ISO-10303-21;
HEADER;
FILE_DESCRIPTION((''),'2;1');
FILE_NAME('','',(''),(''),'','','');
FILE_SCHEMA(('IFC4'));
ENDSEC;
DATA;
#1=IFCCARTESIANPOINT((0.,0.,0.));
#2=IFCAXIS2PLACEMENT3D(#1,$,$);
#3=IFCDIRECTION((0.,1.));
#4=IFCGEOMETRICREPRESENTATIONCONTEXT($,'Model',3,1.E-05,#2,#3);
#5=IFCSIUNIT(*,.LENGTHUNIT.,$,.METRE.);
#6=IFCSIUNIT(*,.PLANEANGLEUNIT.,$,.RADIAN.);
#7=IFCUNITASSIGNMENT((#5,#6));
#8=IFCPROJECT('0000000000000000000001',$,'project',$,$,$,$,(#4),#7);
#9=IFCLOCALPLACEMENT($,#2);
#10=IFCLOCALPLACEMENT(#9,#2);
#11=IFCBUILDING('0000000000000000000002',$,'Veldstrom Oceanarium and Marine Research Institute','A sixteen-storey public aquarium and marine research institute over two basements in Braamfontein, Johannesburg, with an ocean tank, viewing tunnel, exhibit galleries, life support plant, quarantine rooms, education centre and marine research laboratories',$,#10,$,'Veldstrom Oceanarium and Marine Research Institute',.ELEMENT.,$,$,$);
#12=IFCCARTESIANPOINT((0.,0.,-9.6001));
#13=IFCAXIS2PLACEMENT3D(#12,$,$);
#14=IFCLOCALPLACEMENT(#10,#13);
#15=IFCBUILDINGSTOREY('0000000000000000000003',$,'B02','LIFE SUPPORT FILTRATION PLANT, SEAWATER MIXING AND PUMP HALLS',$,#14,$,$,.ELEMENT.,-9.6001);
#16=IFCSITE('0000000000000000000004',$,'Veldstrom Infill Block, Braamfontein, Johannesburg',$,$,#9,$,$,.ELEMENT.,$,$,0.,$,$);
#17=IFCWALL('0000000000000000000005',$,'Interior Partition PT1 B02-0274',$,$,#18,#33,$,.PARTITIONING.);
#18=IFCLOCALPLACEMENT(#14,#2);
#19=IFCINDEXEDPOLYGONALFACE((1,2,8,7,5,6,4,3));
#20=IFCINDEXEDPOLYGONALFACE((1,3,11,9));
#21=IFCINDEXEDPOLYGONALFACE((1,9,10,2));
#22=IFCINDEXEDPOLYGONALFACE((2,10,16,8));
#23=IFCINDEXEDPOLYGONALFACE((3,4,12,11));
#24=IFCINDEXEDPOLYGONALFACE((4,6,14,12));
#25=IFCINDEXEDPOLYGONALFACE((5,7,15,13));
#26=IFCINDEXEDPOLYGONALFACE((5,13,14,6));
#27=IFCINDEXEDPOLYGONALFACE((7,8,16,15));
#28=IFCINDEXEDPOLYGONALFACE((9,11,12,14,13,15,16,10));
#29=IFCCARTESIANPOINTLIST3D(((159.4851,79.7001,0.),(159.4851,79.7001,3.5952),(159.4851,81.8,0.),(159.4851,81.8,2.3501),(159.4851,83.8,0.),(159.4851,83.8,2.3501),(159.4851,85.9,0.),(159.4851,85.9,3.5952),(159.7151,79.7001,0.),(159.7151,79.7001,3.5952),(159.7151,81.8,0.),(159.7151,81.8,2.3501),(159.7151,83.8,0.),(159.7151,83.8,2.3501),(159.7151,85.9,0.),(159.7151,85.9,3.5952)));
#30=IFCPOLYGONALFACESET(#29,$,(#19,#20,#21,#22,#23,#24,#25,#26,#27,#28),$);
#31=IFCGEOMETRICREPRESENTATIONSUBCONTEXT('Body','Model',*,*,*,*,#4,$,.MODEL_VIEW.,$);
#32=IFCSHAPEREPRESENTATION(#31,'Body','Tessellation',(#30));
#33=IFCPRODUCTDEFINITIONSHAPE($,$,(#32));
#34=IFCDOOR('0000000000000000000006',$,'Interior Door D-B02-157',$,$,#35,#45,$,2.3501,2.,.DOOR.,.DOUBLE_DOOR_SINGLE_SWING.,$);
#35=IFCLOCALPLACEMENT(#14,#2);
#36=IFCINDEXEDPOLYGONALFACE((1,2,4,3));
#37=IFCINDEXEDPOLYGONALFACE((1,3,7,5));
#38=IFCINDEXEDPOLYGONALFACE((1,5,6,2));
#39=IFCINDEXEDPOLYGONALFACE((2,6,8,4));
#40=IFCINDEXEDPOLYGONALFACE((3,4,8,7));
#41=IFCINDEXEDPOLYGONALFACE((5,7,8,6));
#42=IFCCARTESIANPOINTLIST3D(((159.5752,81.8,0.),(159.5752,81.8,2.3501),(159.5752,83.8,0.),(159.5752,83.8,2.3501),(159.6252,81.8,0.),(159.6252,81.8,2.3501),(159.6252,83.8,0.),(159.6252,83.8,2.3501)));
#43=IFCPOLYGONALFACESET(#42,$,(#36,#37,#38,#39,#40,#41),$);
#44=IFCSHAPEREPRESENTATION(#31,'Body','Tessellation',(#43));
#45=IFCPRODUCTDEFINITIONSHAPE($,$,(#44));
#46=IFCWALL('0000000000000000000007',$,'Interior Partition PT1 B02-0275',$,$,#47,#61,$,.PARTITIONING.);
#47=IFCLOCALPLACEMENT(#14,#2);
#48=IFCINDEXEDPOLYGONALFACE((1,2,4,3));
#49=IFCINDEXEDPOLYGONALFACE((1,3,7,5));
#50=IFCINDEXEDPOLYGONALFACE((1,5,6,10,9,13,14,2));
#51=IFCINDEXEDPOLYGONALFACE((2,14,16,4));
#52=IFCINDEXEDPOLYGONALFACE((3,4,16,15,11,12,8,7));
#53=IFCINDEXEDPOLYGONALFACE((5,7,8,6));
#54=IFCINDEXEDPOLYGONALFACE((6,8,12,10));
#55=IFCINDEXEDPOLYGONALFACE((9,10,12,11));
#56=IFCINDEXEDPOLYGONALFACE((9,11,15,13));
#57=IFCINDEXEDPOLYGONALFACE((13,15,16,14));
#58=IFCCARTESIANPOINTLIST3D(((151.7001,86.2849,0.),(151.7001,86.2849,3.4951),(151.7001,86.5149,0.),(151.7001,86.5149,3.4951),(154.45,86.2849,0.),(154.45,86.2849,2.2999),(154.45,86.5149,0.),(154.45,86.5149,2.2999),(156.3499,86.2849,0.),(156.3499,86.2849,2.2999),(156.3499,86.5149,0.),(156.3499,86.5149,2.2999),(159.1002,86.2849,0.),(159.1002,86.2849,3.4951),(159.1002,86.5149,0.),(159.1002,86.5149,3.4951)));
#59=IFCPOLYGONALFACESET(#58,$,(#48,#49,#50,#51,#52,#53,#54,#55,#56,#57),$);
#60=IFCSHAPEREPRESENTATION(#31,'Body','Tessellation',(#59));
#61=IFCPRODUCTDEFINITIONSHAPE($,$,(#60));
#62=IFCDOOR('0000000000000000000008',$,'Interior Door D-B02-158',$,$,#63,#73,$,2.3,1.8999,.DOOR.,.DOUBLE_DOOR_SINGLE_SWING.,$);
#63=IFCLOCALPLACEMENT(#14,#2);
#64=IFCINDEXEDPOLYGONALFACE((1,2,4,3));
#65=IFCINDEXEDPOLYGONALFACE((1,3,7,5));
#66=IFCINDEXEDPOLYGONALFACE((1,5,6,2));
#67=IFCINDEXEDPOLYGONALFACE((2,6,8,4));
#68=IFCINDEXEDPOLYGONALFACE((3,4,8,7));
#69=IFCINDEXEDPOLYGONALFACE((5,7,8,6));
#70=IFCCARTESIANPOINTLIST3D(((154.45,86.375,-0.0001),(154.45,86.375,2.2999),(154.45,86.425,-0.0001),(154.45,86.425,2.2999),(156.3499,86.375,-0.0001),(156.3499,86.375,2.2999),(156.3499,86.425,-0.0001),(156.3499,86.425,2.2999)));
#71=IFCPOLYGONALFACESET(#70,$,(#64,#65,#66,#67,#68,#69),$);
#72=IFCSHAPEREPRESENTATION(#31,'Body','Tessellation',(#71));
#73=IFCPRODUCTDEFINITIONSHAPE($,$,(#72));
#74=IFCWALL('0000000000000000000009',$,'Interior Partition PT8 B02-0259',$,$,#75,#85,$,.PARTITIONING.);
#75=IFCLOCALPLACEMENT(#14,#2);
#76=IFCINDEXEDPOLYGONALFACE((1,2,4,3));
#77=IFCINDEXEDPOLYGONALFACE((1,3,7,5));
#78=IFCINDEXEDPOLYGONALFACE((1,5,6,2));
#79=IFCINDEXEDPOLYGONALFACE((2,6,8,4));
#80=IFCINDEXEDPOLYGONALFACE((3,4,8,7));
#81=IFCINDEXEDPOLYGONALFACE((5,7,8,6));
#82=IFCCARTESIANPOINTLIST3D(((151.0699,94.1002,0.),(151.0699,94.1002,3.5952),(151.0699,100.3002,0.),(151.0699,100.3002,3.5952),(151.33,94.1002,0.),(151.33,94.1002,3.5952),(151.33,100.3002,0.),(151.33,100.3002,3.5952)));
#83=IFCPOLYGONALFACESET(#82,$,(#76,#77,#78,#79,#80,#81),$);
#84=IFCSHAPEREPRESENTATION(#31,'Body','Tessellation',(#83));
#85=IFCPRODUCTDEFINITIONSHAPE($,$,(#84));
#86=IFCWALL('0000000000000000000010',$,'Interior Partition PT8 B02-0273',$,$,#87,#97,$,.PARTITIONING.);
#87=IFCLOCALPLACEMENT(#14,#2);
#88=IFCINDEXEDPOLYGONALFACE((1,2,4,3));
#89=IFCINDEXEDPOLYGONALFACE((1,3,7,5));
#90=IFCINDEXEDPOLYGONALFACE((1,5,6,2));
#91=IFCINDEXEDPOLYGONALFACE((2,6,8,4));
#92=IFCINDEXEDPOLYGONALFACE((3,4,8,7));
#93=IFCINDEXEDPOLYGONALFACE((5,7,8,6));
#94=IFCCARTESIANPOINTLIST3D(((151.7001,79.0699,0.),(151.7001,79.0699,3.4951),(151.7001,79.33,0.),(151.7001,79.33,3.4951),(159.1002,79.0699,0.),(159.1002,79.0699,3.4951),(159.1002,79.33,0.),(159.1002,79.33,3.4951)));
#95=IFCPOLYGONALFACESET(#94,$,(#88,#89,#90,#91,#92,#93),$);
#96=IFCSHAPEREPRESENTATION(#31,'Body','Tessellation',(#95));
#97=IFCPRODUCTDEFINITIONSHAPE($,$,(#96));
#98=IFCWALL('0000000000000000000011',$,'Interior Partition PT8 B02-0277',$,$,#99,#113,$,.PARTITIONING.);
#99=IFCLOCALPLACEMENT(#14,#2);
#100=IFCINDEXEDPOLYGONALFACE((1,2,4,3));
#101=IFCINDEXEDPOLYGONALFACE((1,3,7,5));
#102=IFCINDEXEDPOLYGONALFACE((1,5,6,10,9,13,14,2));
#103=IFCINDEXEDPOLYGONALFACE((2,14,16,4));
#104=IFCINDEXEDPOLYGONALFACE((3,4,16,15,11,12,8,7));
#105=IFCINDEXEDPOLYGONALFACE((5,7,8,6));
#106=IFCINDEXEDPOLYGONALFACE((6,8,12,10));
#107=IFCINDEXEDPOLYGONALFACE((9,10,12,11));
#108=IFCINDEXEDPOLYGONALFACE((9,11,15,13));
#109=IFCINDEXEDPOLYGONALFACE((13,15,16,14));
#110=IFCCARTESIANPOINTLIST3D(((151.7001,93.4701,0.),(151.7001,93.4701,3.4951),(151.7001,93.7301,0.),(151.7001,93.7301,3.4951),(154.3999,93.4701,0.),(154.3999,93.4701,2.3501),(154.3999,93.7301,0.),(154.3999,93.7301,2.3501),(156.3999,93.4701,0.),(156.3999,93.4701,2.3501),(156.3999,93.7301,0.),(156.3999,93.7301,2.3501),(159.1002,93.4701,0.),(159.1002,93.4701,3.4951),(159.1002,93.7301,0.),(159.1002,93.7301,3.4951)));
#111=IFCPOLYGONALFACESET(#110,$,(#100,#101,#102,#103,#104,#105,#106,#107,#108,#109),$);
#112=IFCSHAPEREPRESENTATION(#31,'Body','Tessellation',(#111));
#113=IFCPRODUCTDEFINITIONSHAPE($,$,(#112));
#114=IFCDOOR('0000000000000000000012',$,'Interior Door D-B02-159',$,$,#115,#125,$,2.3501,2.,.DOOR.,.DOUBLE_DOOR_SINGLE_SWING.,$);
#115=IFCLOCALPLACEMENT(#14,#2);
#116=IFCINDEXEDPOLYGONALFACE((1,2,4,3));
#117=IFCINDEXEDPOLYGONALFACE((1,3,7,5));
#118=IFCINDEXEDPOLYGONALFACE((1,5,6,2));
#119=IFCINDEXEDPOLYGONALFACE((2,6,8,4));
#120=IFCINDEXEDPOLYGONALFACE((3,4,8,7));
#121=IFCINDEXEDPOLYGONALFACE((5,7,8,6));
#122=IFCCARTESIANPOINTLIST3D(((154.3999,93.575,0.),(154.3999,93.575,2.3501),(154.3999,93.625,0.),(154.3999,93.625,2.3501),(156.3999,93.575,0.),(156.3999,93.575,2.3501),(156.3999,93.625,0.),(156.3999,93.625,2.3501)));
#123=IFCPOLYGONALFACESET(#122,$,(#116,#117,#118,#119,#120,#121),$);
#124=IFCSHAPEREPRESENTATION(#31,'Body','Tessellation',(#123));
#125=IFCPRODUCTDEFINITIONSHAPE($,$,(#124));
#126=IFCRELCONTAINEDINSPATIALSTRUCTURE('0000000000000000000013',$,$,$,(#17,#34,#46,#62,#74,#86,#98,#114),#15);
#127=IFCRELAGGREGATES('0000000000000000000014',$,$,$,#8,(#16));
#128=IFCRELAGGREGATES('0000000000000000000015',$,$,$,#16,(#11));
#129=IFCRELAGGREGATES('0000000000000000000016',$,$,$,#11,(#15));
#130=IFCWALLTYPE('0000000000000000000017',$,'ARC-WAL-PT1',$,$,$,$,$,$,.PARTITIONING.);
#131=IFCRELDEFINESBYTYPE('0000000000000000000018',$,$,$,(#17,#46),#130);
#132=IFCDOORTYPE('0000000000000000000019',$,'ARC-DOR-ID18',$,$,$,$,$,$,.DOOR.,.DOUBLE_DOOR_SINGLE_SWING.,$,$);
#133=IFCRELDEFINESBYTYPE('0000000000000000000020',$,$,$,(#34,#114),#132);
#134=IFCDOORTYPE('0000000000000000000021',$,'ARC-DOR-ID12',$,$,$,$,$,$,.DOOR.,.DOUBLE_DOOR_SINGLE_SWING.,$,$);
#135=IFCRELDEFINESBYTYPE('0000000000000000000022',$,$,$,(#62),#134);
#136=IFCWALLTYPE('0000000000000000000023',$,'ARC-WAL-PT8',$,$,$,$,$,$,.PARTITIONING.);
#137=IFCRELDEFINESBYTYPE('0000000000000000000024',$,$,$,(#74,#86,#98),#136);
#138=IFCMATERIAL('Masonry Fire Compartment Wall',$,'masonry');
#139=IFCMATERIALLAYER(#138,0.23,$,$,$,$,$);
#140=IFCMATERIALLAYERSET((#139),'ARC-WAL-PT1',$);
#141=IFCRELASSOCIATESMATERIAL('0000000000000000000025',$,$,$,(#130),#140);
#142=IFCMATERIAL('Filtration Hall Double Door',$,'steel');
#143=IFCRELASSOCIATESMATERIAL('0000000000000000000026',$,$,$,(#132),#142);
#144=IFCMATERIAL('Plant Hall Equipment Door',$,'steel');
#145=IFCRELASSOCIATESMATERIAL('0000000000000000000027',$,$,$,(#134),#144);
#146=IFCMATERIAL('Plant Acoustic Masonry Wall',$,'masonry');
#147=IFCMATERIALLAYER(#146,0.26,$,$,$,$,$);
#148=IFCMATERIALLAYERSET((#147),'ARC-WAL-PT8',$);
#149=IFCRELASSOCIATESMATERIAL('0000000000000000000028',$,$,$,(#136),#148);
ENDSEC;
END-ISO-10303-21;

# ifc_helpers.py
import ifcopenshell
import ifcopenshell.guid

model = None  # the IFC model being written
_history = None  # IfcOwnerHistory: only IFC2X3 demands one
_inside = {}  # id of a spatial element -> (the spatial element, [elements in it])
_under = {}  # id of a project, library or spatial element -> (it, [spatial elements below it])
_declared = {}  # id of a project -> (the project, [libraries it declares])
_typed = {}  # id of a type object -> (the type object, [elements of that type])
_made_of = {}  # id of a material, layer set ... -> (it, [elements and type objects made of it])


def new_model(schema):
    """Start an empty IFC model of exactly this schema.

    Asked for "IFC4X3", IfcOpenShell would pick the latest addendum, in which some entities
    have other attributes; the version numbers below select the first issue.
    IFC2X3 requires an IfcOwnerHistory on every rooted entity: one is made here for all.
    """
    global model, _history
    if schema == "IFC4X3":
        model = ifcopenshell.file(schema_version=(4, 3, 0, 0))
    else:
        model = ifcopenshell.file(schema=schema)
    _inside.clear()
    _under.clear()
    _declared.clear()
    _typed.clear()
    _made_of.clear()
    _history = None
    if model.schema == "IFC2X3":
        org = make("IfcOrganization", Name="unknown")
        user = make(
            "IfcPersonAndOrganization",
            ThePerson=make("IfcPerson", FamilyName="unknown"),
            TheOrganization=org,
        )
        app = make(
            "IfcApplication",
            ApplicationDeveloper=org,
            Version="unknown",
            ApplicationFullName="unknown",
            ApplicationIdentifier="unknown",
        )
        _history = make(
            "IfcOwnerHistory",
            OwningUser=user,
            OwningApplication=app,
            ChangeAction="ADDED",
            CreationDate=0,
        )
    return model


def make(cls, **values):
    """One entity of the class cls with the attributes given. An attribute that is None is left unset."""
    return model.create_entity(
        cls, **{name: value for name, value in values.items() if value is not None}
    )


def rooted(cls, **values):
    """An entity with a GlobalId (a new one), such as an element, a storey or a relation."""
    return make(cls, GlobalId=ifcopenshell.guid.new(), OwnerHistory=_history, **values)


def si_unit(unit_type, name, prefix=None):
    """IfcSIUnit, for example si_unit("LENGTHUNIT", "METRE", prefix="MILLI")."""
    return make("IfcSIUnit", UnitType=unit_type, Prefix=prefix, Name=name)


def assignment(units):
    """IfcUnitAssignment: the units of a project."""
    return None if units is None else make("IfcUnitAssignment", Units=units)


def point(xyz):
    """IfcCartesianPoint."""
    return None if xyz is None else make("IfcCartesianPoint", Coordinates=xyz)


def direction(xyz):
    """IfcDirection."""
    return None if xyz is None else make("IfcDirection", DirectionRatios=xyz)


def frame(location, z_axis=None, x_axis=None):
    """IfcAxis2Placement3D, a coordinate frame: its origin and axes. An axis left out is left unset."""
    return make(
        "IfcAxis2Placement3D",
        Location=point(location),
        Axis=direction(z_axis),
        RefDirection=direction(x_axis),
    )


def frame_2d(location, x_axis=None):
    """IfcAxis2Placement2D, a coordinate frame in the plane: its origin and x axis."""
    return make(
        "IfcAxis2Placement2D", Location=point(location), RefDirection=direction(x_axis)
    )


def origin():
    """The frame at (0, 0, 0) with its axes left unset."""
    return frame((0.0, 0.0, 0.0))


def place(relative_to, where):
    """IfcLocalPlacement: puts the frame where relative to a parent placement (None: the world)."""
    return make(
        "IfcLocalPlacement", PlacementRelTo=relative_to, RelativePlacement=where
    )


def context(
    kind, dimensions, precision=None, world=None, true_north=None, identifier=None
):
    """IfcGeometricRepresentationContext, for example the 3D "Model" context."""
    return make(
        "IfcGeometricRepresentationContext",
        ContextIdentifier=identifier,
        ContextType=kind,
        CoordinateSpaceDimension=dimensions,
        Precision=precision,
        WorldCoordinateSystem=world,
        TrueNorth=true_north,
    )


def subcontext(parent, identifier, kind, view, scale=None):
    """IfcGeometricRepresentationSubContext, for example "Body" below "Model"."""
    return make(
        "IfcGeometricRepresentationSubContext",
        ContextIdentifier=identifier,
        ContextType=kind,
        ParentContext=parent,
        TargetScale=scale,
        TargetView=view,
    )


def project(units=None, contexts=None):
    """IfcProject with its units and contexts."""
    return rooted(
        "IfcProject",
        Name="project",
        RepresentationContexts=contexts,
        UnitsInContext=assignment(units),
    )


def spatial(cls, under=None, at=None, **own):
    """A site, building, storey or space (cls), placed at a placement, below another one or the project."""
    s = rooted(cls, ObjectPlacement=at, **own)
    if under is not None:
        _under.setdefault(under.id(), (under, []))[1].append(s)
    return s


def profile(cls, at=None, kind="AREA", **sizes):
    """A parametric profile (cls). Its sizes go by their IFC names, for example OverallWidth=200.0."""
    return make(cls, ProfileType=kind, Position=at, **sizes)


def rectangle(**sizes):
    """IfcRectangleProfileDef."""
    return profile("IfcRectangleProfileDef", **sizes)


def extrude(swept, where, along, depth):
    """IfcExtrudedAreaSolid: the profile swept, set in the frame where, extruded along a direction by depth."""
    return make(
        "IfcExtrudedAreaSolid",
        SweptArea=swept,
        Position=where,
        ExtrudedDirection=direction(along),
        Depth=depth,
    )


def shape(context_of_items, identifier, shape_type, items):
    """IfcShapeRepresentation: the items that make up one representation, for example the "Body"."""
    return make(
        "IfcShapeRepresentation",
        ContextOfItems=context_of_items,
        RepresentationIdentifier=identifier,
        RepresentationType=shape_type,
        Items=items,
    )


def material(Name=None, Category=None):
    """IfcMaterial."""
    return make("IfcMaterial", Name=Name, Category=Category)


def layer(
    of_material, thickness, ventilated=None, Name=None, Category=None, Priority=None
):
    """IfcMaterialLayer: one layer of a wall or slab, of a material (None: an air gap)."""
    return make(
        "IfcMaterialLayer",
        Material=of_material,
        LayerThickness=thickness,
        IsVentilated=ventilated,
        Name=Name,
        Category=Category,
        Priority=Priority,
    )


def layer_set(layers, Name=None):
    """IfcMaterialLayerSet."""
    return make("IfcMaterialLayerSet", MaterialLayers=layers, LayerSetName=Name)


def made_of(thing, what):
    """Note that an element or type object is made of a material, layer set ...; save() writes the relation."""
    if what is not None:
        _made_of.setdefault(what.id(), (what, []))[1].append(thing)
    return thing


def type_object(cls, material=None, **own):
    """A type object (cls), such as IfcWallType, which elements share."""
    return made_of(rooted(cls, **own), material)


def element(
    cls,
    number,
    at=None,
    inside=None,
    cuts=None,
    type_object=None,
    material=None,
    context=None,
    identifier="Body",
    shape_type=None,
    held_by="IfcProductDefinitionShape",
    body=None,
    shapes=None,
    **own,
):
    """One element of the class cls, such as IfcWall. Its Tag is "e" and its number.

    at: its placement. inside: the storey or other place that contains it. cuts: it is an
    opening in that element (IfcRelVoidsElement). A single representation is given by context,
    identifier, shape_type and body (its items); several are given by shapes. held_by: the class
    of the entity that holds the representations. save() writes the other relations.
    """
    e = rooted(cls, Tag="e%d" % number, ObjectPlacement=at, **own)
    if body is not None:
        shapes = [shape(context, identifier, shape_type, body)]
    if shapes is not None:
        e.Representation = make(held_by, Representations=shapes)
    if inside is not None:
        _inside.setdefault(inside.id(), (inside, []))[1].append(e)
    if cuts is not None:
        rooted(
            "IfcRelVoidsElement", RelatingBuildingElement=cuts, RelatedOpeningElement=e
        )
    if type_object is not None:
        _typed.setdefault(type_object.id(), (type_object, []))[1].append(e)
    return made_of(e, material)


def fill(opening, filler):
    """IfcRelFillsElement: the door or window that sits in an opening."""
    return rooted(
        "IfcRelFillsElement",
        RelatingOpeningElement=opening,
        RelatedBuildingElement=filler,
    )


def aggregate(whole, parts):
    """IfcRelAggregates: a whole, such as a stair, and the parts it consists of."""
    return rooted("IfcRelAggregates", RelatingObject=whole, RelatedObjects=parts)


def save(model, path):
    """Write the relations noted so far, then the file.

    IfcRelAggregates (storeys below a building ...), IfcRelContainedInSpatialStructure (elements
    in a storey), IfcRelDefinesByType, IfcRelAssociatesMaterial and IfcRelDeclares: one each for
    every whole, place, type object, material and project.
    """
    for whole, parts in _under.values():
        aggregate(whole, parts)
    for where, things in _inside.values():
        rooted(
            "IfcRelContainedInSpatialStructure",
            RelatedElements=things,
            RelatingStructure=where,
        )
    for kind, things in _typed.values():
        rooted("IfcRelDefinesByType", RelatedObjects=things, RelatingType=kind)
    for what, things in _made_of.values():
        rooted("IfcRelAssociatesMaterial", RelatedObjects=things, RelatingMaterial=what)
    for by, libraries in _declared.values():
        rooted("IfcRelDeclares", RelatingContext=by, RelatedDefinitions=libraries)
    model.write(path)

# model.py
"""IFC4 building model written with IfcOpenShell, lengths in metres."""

from ifc_helpers import new_model, si_unit, direction, frame, frame_2d, origin, place, context, subcontext, project, spatial, rectangle, extrude, material, layer, layer_set, type_object, element, fill, save


model = new_model("IFC4")

# Units and contexts
model_context = context("Model", 3, precision=1e-05, world=origin(), true_north=direction((0.0, 1.0)))
body_context = subcontext(model_context, "Body", "Model", "MODEL_VIEW")
ifc_project = project(units=[si_unit("LENGTHUNIT", "METRE"), si_unit("PLANEANGLEUNIT", "RADIAN")], contexts=[model_context])

# Site, building, storey
site_placement = place(None, origin())
site = spatial("IfcSite", under=ifc_project, at=site_placement, Name="Veldstrom Infill Block, Braamfontein, Johannesburg", CompositionType="ELEMENT", RefElevation=0.0)
building_placement = place(site_placement, origin())
building = spatial("IfcBuilding", under=site, at=building_placement, Name="Veldstrom Oceanarium and Marine Research Institute", Description="A sixteen-storey public aquarium and marine research institute over two basements in Braamfontein, Johannesburg, with an ocean tank, viewing tunnel, exhibit galleries, life support plant, quarantine rooms, education centre and marine research laboratories", LongName="Veldstrom Oceanarium and Marine Research Institute", CompositionType="ELEMENT")
storey_placement = place(building_placement, frame((0.0, 0.0, -9.6001)))
storey = spatial("IfcBuildingStorey", under=building, at=storey_placement, Name="B02", Description="LIFE SUPPORT FILTRATION PLANT, SEAWATER MIXING AND PUMP HALLS", CompositionType="ELEMENT", Elevation=-9.6001)

# Shared definitions
ifc_material_1 = material(Name="Masonry Fire Compartment Wall", Category="masonry")
ifc_layer_1 = layer(ifc_material_1, 0.23)
ifc_layer_set_1 = layer_set([ifc_layer_1], Name="ARC-WAL-PT1")
wall_type_1 = type_object("IfcWallType", Name="ARC-WAL-PT1", PredefinedType="PARTITIONING", material=ifc_layer_set_1)

# Walls, openings, doors
wall_1_placement = place(storey_placement, frame((159.6001, 79.7, 0.0), z_axis=(0.0, 0.0, 1.0), x_axis=(0.0, 1.0, 0.0)))
wall_1 = element("IfcWall", 1, at=wall_1_placement, inside=storey, type_object=wall_type_1, Name="Interior Partition PT1 B02-0274", PredefinedType="PARTITIONING", context=body_context, shape_type="SweptSolid", body=[
    extrude(rectangle(XDim=6.2, YDim=0.23, at=frame_2d((3.1001, 0.0))), origin(), (0.0, 0.0, 1.0), 3.5952),
])
opening_1_placement = place(wall_1_placement, frame((2.1001, 0.0, 0.0)))
opening_1 = element("IfcOpeningElement", 2, at=opening_1_placement, cuts=wall_1, PredefinedType="OPENING", context=body_context, shape_type="SweptSolid", body=[
    extrude(rectangle(XDim=2.0, YDim=2.3501, at=frame_2d((1.0, 1.175))), frame((0.0, 0.125, 0.0), z_axis=(0.0, -1.0, 0.0), x_axis=(1.0, 0.0, 0.0)), (0.0, 0.0, 1.0), 0.25),
])
ifc_material_2 = material(Name="Filtration Hall Double Door", Category="steel")
door_type_1 = type_object("IfcDoorType", Name="ARC-DOR-ID18", OperationType="DOUBLE_DOOR_SINGLE_SWING", PredefinedType="DOOR", material=ifc_material_2)
door_1_placement = place(opening_1_placement, origin())
door_1 = element("IfcDoor", 3, at=door_1_placement, inside=storey, type_object=door_type_1, Name="Interior Door D-B02-157", OperationType="DOUBLE_DOOR_SINGLE_SWING", OverallHeight=2.3501, OverallWidth=2.0, PredefinedType="DOOR", context=body_context, shape_type="SweptSolid", body=[
    extrude(rectangle(XDim=2.0, YDim=2.3501, at=frame_2d((1.0, 1.175))), frame((0.0, 0.0249, 0.0), z_axis=(0.0, -1.0, 0.0), x_axis=(1.0, 0.0, 0.0)), (0.0, 0.0, 1.0), 0.05),
])
fill(opening_1, door_1)
wall_2_placement = place(storey_placement, frame((151.7, 86.3999, 0.0), z_axis=(0.0, 0.0, 1.0), x_axis=(1.0, 0.0, 0.0)))
wall_2 = element("IfcWall", 4, at=wall_2_placement, inside=storey, type_object=wall_type_1, Name="Interior Partition PT1 B02-0275", PredefinedType="PARTITIONING", context=body_context, shape_type="SweptSolid", body=[
    extrude(rectangle(XDim=7.4001, YDim=0.23, at=frame_2d((3.7002, 0.0))), origin(), (0.0, 0.0, 1.0), 3.4951),
])
opening_2_placement = place(wall_2_placement, frame((2.75, 0.0, 0.0)))
opening_2 = element("IfcOpeningElement", 5, at=opening_2_placement, cuts=wall_2, PredefinedType="OPENING", context=body_context, shape_type="SweptSolid", body=[
    extrude(rectangle(XDim=1.8999, YDim=2.3, at=frame_2d((0.95, 1.1499))), frame((0.0, 0.125, 0.0), z_axis=(0.0, -1.0, 0.0), x_axis=(1.0, 0.0, 0.0)), (0.0, 0.0, 1.0), 0.25),
])
ifc_material_3 = material(Name="Plant Hall Equipment Door", Category="steel")
door_type_2 = type_object("IfcDoorType", Name="ARC-DOR-ID12", OperationType="DOUBLE_DOOR_SINGLE_SWING", PredefinedType="DOOR", material=ifc_material_3)
door_2_placement = place(opening_2_placement, frame((1.8999, 0.0, 0.0), z_axis=(0.0, 0.0, 1.0), x_axis=(-1.0, 0.0, 0.0)))
door_2 = element("IfcDoor", 6, at=door_2_placement, inside=storey, type_object=door_type_2, Name="Interior Door D-B02-158", OperationType="DOUBLE_DOOR_SINGLE_SWING", OverallHeight=2.3, OverallWidth=1.8999, PredefinedType="DOOR", context=body_context, shape_type="SweptSolid", body=[
    extrude(rectangle(XDim=1.8999, YDim=2.3, at=frame_2d((0.95, 1.1499))), frame((0.0, 0.0249, 0.0), z_axis=(0.0, -1.0, 0.0), x_axis=(1.0, 0.0, 0.0)), (0.0, 0.0, 1.0), 0.05),
])
fill(opening_2, door_2)

# Walls
ifc_material_4 = material(Name="Plant Acoustic Masonry Wall", Category="masonry")
ifc_layer_2 = layer(ifc_material_4, 0.26)
ifc_layer_set_2 = layer_set([ifc_layer_2], Name="ARC-WAL-PT8")
wall_type_2 = type_object("IfcWallType", Name="ARC-WAL-PT8", PredefinedType="PARTITIONING", material=ifc_layer_set_2)
wall_3_placement = place(storey_placement, frame((151.2, 94.1001, 0.0), z_axis=(0.0, 0.0, 1.0), x_axis=(0.0, 1.0, 0.0)))
element("IfcWall", 7, at=wall_3_placement, inside=storey, type_object=wall_type_2, Name="Interior Partition PT8 B02-0259", PredefinedType="PARTITIONING", context=body_context, shape_type="SweptSolid", body=[
    extrude(rectangle(XDim=6.2, YDim=0.26, at=frame_2d((3.1001, 0.0))), origin(), (0.0, 0.0, 1.0), 3.5952),
])
wall_4_placement = place(storey_placement, frame((151.7, 79.2, 0.0), z_axis=(0.0, 0.0, 1.0), x_axis=(1.0, 0.0, 0.0)))
element("IfcWall", 8, at=wall_4_placement, inside=storey, type_object=wall_type_2, Name="Interior Partition PT8 B02-0273", PredefinedType="PARTITIONING", context=body_context, shape_type="SweptSolid", body=[
    extrude(rectangle(XDim=7.4001, YDim=0.26, at=frame_2d((3.7002, 0.0))), origin(), (0.0, 0.0, 1.0), 3.4951),
])

# Wall, opening, door
wall_5_placement = place(storey_placement, frame((151.7, 93.6001, 0.0), z_axis=(0.0, 0.0, 1.0), x_axis=(1.0, 0.0, 0.0)))
wall_5 = element("IfcWall", 9, at=wall_5_placement, inside=storey, type_object=wall_type_2, Name="Interior Partition PT8 B02-0277", PredefinedType="PARTITIONING", context=body_context, shape_type="SweptSolid", body=[
    extrude(rectangle(XDim=7.4001, YDim=0.26, at=frame_2d((3.7002, 0.0))), origin(), (0.0, 0.0, 1.0), 3.4951),
])
opening_3_placement = place(wall_5_placement, frame((2.7, 0.0, 0.0)))
opening_3 = element("IfcOpeningElement", 10, at=opening_3_placement, cuts=wall_5, PredefinedType="OPENING", context=body_context, shape_type="SweptSolid", body=[
    extrude(rectangle(XDim=2.0, YDim=2.3501, at=frame_2d((1.0, 1.175))), frame((0.0, 0.1399, 0.0), z_axis=(0.0, -1.0, 0.0), x_axis=(1.0, 0.0, 0.0)), (0.0, 0.0, 1.0), 0.28),
])
door_3_placement = place(opening_3_placement, origin())
door_3 = element("IfcDoor", 11, at=door_3_placement, inside=storey, type_object=door_type_1, Name="Interior Door D-B02-159", OperationType="DOUBLE_DOOR_SINGLE_SWING", OverallHeight=2.3501, OverallWidth=2.0, PredefinedType="DOOR", context=body_context, shape_type="SweptSolid", body=[
    extrude(rectangle(XDim=2.0, YDim=2.3501, at=frame_2d((1.0, 1.175))), frame((0.0, 0.0249, 0.0), z_axis=(0.0, -1.0, 0.0), x_axis=(1.0, 0.0, 0.0)), (0.0, 0.0, 1.0), 0.05),
])
fill(opening_3, door_3)

save(model, "model.ifc")
